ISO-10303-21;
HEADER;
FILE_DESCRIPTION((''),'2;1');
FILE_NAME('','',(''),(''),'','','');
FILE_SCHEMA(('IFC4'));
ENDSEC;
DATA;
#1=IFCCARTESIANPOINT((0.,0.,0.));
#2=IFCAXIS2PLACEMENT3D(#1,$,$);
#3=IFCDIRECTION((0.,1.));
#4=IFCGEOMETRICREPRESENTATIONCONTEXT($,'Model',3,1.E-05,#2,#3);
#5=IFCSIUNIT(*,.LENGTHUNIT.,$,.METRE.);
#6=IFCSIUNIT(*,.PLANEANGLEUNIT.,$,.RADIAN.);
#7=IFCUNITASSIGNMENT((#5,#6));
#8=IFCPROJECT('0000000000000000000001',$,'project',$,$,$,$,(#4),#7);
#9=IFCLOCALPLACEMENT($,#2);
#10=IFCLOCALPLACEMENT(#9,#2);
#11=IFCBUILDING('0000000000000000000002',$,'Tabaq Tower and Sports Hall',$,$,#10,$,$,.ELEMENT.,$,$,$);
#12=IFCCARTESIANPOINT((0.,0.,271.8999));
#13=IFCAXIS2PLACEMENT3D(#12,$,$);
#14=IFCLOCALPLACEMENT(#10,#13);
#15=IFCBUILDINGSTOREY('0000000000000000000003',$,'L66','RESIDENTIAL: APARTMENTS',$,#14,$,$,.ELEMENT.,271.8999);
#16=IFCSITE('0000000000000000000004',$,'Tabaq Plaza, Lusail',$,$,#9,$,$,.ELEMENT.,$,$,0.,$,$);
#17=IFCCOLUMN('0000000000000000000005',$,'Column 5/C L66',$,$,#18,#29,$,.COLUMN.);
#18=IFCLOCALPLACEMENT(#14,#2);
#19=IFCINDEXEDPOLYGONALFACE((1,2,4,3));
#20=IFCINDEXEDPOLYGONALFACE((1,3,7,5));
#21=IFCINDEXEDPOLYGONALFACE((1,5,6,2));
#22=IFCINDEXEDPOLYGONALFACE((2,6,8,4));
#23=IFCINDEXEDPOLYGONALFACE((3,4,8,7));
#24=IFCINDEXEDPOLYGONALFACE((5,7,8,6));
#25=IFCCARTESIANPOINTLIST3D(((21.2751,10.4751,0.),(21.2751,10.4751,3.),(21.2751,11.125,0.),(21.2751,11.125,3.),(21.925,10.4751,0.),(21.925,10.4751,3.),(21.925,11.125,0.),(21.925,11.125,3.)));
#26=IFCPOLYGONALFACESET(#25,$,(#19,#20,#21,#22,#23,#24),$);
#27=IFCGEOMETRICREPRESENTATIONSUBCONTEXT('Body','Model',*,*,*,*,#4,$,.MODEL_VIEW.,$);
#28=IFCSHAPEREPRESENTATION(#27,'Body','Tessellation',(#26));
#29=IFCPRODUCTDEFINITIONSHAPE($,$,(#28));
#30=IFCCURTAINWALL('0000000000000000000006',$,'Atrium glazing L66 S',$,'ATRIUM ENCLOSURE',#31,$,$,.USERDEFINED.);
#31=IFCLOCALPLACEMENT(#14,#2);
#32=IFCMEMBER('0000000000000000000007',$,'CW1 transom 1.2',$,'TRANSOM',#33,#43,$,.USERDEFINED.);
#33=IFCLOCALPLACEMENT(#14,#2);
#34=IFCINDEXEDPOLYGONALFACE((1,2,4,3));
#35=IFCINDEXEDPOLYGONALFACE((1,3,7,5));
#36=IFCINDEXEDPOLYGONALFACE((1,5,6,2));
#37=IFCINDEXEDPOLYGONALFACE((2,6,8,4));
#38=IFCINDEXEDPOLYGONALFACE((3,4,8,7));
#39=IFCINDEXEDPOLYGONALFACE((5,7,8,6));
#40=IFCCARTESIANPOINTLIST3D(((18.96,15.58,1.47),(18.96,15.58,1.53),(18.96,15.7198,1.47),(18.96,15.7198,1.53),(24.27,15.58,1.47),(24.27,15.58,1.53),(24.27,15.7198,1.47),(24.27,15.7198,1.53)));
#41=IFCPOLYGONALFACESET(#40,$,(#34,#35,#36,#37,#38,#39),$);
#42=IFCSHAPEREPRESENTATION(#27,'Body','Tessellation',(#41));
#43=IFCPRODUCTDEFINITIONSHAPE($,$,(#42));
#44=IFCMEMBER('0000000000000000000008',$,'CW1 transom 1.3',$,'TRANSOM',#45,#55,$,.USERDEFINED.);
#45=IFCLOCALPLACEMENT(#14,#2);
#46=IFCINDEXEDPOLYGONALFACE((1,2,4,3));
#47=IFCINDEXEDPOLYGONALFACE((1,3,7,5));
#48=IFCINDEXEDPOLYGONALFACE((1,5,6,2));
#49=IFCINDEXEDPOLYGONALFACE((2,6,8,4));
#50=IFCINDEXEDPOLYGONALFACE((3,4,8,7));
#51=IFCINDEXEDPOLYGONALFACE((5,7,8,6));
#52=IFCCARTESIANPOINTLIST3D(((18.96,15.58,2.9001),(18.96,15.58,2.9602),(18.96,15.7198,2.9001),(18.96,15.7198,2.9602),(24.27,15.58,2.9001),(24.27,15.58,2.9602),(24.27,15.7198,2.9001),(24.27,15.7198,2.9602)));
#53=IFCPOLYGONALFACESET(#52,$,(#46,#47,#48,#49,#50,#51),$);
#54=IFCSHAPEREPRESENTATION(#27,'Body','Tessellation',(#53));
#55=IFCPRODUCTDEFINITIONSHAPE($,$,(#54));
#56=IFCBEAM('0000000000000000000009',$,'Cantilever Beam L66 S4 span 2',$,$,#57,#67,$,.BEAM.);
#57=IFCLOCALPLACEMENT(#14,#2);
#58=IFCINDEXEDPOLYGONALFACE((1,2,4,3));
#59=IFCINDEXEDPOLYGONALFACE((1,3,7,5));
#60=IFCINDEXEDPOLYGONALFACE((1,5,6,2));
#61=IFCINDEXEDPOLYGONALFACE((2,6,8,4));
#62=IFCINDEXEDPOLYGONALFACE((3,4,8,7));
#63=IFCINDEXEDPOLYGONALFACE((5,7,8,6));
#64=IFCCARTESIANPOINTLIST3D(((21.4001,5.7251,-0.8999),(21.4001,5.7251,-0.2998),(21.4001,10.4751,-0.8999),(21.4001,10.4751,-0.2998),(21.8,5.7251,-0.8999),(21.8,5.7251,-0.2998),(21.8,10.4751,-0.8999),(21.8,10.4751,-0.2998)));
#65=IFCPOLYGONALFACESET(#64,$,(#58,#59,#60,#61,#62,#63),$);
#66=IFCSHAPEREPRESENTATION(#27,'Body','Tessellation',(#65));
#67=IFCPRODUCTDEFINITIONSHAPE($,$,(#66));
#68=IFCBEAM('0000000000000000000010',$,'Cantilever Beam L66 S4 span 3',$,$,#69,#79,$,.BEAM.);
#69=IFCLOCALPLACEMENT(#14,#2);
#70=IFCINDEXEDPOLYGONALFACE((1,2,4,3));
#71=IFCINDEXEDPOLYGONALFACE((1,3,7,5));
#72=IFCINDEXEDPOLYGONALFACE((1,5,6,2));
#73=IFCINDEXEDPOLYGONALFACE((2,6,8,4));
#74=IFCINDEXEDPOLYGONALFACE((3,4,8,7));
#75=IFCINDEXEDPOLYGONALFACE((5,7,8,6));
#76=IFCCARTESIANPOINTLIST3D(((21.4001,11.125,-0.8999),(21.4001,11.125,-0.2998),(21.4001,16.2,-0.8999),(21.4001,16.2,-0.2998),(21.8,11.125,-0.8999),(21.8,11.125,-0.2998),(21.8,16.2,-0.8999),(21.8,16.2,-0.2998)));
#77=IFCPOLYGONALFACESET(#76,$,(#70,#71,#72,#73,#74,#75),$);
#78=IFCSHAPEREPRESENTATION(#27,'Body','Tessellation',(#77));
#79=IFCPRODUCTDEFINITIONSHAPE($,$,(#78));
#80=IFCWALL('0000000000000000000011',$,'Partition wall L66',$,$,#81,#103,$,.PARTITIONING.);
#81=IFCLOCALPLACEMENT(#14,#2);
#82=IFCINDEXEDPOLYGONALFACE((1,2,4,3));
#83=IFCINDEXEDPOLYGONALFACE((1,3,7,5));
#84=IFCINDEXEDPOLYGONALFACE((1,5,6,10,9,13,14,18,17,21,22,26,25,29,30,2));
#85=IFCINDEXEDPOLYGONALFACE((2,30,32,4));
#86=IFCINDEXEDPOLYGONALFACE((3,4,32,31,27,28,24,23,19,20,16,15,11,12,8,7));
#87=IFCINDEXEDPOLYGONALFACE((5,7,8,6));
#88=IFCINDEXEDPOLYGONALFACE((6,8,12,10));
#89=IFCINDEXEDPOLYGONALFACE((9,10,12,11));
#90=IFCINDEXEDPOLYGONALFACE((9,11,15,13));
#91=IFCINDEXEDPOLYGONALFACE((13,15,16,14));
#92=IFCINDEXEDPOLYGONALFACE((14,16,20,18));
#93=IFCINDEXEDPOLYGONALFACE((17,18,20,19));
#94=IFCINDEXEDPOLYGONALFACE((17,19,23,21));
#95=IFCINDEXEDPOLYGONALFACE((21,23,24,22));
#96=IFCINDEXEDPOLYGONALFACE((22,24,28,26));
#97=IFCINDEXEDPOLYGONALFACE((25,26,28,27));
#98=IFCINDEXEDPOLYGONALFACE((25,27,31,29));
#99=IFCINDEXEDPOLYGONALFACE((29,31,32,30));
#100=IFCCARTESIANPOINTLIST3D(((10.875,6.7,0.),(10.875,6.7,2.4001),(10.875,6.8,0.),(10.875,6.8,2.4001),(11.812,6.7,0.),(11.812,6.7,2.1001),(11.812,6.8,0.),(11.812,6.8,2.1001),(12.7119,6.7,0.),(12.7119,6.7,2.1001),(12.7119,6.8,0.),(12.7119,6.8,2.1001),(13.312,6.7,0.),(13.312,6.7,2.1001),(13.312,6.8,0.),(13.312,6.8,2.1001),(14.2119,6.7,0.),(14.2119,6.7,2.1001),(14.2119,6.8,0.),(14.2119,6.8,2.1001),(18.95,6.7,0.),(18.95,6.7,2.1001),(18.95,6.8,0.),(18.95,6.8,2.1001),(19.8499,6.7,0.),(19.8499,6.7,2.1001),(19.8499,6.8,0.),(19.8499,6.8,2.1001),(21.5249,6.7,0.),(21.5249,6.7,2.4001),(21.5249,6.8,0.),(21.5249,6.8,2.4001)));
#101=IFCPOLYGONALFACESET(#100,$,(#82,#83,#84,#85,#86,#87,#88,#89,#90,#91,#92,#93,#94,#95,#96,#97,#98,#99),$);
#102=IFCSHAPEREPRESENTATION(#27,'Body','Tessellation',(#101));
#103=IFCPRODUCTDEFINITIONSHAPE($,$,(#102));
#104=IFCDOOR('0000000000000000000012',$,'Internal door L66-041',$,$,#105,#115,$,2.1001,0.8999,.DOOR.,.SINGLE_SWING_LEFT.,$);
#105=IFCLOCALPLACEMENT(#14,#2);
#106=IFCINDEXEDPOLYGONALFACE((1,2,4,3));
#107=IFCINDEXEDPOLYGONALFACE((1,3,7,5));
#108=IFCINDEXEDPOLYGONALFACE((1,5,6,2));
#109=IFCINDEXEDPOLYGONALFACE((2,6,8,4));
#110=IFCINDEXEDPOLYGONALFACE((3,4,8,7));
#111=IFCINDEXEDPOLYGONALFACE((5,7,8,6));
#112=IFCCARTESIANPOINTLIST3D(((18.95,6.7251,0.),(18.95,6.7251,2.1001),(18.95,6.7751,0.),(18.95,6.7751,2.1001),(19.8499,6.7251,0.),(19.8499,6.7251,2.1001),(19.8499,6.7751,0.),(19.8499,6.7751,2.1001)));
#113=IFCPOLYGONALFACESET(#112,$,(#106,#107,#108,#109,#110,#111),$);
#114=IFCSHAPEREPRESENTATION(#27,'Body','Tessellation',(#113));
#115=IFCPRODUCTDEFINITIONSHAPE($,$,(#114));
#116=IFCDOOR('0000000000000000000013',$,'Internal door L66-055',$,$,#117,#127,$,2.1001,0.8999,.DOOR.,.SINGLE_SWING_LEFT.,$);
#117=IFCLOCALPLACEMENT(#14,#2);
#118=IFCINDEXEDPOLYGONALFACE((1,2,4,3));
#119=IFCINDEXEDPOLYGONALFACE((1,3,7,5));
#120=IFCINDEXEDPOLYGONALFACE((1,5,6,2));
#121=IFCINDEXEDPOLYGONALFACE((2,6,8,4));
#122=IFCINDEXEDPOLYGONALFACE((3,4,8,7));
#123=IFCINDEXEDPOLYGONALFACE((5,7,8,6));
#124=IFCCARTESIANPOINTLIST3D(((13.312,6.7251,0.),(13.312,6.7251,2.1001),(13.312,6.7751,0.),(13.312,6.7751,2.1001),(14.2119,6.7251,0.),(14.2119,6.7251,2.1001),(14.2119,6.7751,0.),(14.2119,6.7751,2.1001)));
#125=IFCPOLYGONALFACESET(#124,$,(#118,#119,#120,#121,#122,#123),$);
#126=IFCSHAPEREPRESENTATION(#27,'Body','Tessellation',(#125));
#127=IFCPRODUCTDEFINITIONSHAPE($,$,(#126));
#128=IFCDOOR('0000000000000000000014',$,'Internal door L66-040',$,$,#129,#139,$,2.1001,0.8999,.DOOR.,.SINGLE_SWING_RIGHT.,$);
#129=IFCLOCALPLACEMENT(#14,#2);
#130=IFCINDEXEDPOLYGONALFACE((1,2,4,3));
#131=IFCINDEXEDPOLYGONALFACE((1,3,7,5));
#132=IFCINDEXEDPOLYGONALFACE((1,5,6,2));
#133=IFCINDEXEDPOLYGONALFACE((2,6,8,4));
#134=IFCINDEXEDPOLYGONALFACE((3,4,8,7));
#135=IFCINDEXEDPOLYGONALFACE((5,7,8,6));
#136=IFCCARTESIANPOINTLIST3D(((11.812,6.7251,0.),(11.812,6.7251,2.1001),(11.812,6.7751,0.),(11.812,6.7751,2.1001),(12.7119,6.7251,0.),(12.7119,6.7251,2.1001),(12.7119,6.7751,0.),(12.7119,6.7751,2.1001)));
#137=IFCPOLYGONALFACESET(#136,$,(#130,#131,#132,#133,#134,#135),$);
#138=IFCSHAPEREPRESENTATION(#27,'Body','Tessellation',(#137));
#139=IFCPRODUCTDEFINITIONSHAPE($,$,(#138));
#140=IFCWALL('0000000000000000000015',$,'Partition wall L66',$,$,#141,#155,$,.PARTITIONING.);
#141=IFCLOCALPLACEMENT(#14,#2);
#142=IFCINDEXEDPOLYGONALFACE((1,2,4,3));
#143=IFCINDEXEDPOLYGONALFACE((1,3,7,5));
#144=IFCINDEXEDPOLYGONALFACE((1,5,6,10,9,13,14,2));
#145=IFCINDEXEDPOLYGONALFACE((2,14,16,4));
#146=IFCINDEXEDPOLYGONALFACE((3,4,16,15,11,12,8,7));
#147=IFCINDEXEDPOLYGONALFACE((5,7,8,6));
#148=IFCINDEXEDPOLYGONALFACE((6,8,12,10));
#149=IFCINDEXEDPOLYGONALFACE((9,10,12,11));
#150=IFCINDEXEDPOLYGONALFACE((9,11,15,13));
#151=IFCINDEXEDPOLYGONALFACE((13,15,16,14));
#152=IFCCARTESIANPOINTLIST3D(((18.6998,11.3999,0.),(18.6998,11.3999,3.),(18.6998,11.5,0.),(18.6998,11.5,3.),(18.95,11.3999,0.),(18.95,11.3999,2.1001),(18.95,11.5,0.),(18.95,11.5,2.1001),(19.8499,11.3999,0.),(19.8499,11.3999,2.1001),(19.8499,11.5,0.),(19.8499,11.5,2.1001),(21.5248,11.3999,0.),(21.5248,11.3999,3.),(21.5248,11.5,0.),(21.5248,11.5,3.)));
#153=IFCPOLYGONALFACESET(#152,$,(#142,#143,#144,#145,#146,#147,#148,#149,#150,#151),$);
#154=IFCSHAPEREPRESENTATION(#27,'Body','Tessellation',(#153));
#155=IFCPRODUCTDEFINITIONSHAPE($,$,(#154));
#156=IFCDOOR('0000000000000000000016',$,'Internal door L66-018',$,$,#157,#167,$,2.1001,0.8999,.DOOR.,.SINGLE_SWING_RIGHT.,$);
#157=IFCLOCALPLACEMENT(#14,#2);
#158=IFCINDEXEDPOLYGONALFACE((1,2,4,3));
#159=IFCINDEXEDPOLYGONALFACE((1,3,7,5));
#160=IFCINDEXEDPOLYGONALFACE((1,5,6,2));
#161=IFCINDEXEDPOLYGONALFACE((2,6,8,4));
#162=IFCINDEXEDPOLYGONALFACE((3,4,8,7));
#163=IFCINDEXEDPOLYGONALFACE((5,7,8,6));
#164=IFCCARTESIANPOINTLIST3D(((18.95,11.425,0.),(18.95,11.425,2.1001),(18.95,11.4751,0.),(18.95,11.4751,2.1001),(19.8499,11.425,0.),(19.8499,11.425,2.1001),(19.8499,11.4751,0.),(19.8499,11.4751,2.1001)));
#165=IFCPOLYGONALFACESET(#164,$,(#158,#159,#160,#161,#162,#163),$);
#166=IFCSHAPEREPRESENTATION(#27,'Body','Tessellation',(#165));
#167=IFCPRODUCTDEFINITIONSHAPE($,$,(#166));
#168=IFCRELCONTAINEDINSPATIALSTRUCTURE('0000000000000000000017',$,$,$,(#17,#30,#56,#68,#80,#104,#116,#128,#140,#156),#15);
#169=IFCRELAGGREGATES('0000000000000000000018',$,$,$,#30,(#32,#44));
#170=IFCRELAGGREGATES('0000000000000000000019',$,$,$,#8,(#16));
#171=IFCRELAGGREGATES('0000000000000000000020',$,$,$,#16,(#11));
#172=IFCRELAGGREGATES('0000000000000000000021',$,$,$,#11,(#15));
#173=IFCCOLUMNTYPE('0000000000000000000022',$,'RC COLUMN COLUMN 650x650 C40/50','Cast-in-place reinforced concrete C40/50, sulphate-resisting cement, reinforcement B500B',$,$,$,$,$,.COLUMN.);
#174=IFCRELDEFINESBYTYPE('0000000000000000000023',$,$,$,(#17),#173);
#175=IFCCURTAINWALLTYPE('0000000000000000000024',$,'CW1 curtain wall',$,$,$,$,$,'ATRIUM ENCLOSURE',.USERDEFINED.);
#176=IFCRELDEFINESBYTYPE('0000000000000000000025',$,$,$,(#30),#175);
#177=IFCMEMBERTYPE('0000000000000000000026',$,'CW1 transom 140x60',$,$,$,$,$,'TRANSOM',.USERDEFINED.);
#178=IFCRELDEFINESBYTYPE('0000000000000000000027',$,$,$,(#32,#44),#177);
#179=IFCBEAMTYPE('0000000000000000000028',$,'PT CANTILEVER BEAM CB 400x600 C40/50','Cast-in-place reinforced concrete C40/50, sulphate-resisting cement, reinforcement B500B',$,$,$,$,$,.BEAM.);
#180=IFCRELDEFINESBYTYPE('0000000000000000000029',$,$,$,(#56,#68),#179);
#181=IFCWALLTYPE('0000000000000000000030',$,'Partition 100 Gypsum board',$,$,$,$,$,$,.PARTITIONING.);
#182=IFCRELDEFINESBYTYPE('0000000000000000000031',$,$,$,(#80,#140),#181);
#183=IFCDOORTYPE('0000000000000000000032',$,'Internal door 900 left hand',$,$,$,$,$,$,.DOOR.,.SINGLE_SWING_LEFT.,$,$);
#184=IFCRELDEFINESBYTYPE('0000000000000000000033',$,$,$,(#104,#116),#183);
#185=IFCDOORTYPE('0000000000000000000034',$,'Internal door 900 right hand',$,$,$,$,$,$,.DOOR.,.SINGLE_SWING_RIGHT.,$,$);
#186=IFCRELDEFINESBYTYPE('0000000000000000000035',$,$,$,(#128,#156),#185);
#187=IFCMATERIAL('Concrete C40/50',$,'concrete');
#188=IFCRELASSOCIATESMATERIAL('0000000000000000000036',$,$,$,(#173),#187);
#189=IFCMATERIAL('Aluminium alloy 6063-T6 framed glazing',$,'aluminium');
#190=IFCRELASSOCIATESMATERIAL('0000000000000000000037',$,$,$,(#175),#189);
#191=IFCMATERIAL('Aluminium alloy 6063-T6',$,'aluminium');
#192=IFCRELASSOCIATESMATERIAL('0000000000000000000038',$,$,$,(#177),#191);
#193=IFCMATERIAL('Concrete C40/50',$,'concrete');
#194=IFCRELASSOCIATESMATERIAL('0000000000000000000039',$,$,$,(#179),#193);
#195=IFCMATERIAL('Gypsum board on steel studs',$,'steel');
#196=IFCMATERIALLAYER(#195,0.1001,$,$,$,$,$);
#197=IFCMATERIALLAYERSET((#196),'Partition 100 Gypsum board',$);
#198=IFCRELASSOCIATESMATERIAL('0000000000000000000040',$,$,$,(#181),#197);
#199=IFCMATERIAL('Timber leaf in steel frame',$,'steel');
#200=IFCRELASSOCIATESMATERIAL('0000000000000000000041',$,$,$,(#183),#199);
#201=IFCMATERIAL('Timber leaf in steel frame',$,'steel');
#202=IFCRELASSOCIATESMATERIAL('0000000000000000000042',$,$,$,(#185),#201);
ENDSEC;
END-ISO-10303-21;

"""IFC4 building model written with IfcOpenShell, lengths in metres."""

from ifc_helpers import new_model, si_unit, direction, frame, frame_2d, origin, origin_2d, place, context, subcontext, project, spatial, rectangle, extrude, material, layer, layer_set, material_profile, profile_set, type_object, element, fill, aggregate, save


model = new_model("IFC4")

# Units and contexts
model_context = context("Model", 3, precision=1e-05, world=origin(), true_north=direction((0.0, 1.0)))
body_context = subcontext(model_context, "Body", "Model", "MODEL_VIEW")
ifc_project = project(units=[si_unit("LENGTHUNIT", "METRE"), si_unit("PLANEANGLEUNIT", "RADIAN")], contexts=[model_context])

# Site, building, storey
site_placement = place(None, origin())
site = spatial("IfcSite", under=ifc_project, at=site_placement, Name="Tabaq Plaza, Lusail", CompositionType="ELEMENT", RefElevation=0.0)
building_placement = place(site_placement, origin())
building = spatial("IfcBuilding", under=site, at=building_placement, Name="Tabaq Tower and Sports Hall", CompositionType="ELEMENT")
storey_placement = place(building_placement, frame((0.0, 0.0, 271.8999)))
storey = spatial("IfcBuildingStorey", under=building, at=storey_placement, Name="L66", Description="RESIDENTIAL: APARTMENTS", CompositionType="ELEMENT", Elevation=271.8999)

# Column
ifc_material_1 = material(Name="Concrete C40/50", Category="concrete")
ifc_material_profile_1 = material_profile(ifc_material_1, rectangle(XDim=0.6499, YDim=0.6499, at=origin_2d()), Name="COLUMN 650x650")
ifc_profile_set_1 = profile_set([ifc_material_profile_1], Name="Concrete C40/50")
column_type = type_object("IfcColumnType", Name="RC COLUMN COLUMN 650x650 C40/50", Description="Cast-in-place reinforced concrete C40/50, sulphate-resisting cement, reinforcement B500B", PredefinedType="COLUMN", material=ifc_profile_set_1)
column_placement = place(storey_placement, frame((21.6001, 10.8, 0.0), z_axis=(0.0, 0.0, 1.0), x_axis=(1.0, 0.0, 0.0)))
element("IfcColumn", 1, at=column_placement, inside=storey, type_object=column_type, Name="Column 5/C L66", PredefinedType="COLUMN", context=body_context, shape_type="SweptSolid", body=[
    extrude(rectangle(XDim=0.6499, YDim=0.6499, at=origin_2d()), origin(), (0.0, 0.0, 1.0), 3.0),
])

# Curtain wall, members
ifc_material_2 = material(Name="Aluminium alloy 6063-T6 framed glazing", Category="aluminium")
curtain_wall_type = type_object("IfcCurtainWallType", Name="CW1 curtain wall", ElementType="ATRIUM ENCLOSURE", PredefinedType="USERDEFINED", material=ifc_material_2)
curtain_wall_placement = place(storey_placement, origin())
curtain_wall = element("IfcCurtainWall", 2, at=curtain_wall_placement, inside=storey, type_object=curtain_wall_type, Name="Atrium glazing L66 S", ObjectType="ATRIUM ENCLOSURE", PredefinedType="USERDEFINED")
ifc_material_3 = material(Name="Aluminium alloy 6063-T6", Category="aluminium")
ifc_material_profile_2 = material_profile(ifc_material_3, rectangle(XDim=0.1399, YDim=0.0601, at=origin_2d()), Name="TRANSOM 140x60")
ifc_profile_set_2 = profile_set([ifc_material_profile_2], Name="Aluminium alloy 6063-T6")
member_type = type_object("IfcMemberType", Name="CW1 transom 140x60", ElementType="TRANSOM", PredefinedType="USERDEFINED", material=ifc_profile_set_2)
member_1_placement = place(storey_placement, frame((18.96, 15.6499, 1.5), z_axis=(1.0, 0.0, 0.0), x_axis=(0.0, 1.0, 0.0)))
member_1 = element("IfcMember", 3, at=member_1_placement, type_object=member_type, Name="CW1 transom 1.2", ObjectType="TRANSOM", PredefinedType="USERDEFINED", context=body_context, shape_type="SweptSolid", body=[
    extrude(rectangle(XDim=0.1399, YDim=0.0601, at=origin_2d()), origin(), (0.0, 0.0, 1.0), 5.3101),
])
member_2_placement = place(storey_placement, frame((18.96, 15.6499, 2.9302), z_axis=(1.0, 0.0, 0.0), x_axis=(0.0, 1.0, 0.0)))
member_2 = element("IfcMember", 4, at=member_2_placement, type_object=member_type, Name="CW1 transom 1.3", ObjectType="TRANSOM", PredefinedType="USERDEFINED", context=body_context, shape_type="SweptSolid", body=[
    extrude(rectangle(XDim=0.1399, YDim=0.0601, at=origin_2d()), origin(), (0.0, 0.0, 1.0), 5.3101),
])
aggregate(curtain_wall, [member_1, member_2])

# Beams
ifc_material_4 = material(Name="Concrete C40/50", Category="concrete")
ifc_material_profile_3 = material_profile(ifc_material_4, rectangle(XDim=0.3999, YDim=0.6001, at=origin_2d()), Name="CB 400x600")
ifc_profile_set_3 = profile_set([ifc_material_profile_3], Name="Concrete C40/50")
beam_type = type_object("IfcBeamType", Name="PT CANTILEVER BEAM CB 400x600 C40/50", Description="Cast-in-place reinforced concrete C40/50, sulphate-resisting cement, reinforcement B500B", PredefinedType="BEAM", material=ifc_profile_set_3)
beam_1_placement = place(storey_placement, frame((21.6001, 5.7251, -0.5999), z_axis=(0.0, 1.0, 0.0), x_axis=(-1.0, 0.0, 0.0)))
element("IfcBeam", 5, at=beam_1_placement, inside=storey, type_object=beam_type, Name="Cantilever Beam L66 S4 span 2", PredefinedType="BEAM", context=body_context, shape_type="SweptSolid", body=[
    extrude(rectangle(XDim=0.3999, YDim=0.6001, at=origin_2d()), origin(), (0.0, 0.0, 1.0), 4.75),
])
beam_2_placement = place(storey_placement, frame((21.6001, 11.125, -0.5999), z_axis=(0.0, 1.0, 0.0), x_axis=(-1.0, 0.0, 0.0)))
element("IfcBeam", 6, at=beam_2_placement, inside=storey, type_object=beam_type, Name="Cantilever Beam L66 S4 span 3", PredefinedType="BEAM", context=body_context, shape_type="SweptSolid", body=[
    extrude(rectangle(XDim=0.3999, YDim=0.6001, at=origin_2d()), origin(), (0.0, 0.0, 1.0), 5.075),
])

# Wall, openings, doors
ifc_material_5 = material(Name="Gypsum board on steel studs", Category="steel")
ifc_layer_1 = layer(ifc_material_5, 0.1001)
ifc_layer_set_1 = layer_set([ifc_layer_1], Name="Partition 100 Gypsum board")
wall_type_1 = type_object("IfcWallType", Name="Partition 100 Gypsum board", PredefinedType="PARTITIONING", material=ifc_layer_set_1)
wall_1_placement = place(storey_placement, frame((21.5249, 6.75, 0.0), z_axis=(0.0, 0.0, 1.0), x_axis=(-1.0, 0.0, 0.0)))
wall_1 = element("IfcWall", 7, at=wall_1_placement, inside=storey, type_object=wall_type_1, Name="Partition wall L66", PredefinedType="PARTITIONING", context=body_context, shape_type="SweptSolid", body=[
    extrude(rectangle(XDim=10.6499, YDim=0.1001, at=frame_2d((5.325, 0.0))), origin(), (0.0, 0.0, 1.0), 2.4001),
])
opening_1_placement = place(wall_1_placement, frame((8.813, 0.0, 0.0)))
opening_1 = element("IfcOpeningElement", 8, at=opening_1_placement, cuts=wall_1, PredefinedType="OPENING", context=body_context, shape_type="SweptSolid", body=[
    extrude(rectangle(XDim=0.8999, YDim=2.1001, at=frame_2d((0.45, 1.05))), frame((0.0, 0.05, 0.0), z_axis=(0.0, -1.0, 0.0), x_axis=(1.0, 0.0, 0.0)), (0.0, 0.0, 1.0), 0.1001),
])
opening_2_placement = place(wall_1_placement, frame((1.675, 0.0, 0.0)))
opening_2 = element("IfcOpeningElement", 9, at=opening_2_placement, cuts=wall_1, PredefinedType="OPENING", context=body_context, shape_type="SweptSolid", body=[
    extrude(rectangle(XDim=0.8999, YDim=2.1001, at=frame_2d((0.45, 1.05))), frame((0.0, 0.05, 0.0), z_axis=(0.0, -1.0, 0.0), x_axis=(1.0, 0.0, 0.0)), (0.0, 0.0, 1.0), 0.1001),
])
opening_3_placement = place(wall_1_placement, frame((7.313, 0.0, 0.0)))
opening_3 = element("IfcOpeningElement", 10, at=opening_3_placement, cuts=wall_1, PredefinedType="OPENING", context=body_context, shape_type="SweptSolid", body=[
    extrude(rectangle(XDim=0.8999, YDim=2.1001, at=frame_2d((0.45, 1.05))), frame((0.0, 0.05, 0.0), z_axis=(0.0, -1.0, 0.0), x_axis=(1.0, 0.0, 0.0)), (0.0, 0.0, 1.0), 0.1001),
])
ifc_material_6 = material(Name="Timber leaf in steel frame", Category="steel")
door_type_1 = type_object("IfcDoorType", Name="Internal door 900 left hand", OperationType="SINGLE_SWING_LEFT", PredefinedType="DOOR", material=ifc_material_6)
door_1_placement = place(opening_2_placement, origin())
door_1 = element("IfcDoor", 11, at=door_1_placement, inside=storey, type_object=door_type_1, Name="Internal door L66-041", OperationType="SINGLE_SWING_LEFT", OverallHeight=2.1001, OverallWidth=0.8999, PredefinedType="DOOR", context=body_context, shape_type="SweptSolid", body=[
    extrude(rectangle(XDim=0.8999, YDim=2.1001, at=frame_2d((0.45, 1.05))), frame((0.0, 0.0249, 0.0), z_axis=(0.0, -1.0, 0.0), x_axis=(1.0, 0.0, 0.0)), (0.0, 0.0, 1.0), 0.05),
])
fill(opening_2, door_1)
door_2_placement = place(opening_3_placement, origin())
door_2 = element("IfcDoor", 12, at=door_2_placement, inside=storey, type_object=door_type_1, Name="Internal door L66-055", OperationType="SINGLE_SWING_LEFT", OverallHeight=2.1001, OverallWidth=0.8999, PredefinedType="DOOR", context=body_context, shape_type="SweptSolid", body=[
    extrude(rectangle(XDim=0.8999, YDim=2.1001, at=frame_2d((0.45, 1.05))), frame((0.0, 0.0249, 0.0), z_axis=(0.0, -1.0, 0.0), x_axis=(1.0, 0.0, 0.0)), (0.0, 0.0, 1.0), 0.05),
])
fill(opening_3, door_2)
ifc_material_7 = material(Name="Timber leaf in steel frame", Category="steel")
door_type_2 = type_object("IfcDoorType", Name="Internal door 900 right hand", OperationType="SINGLE_SWING_RIGHT", PredefinedType="DOOR", material=ifc_material_7)
door_3_placement = place(opening_1_placement, origin())
door_3 = element("IfcDoor", 13, at=door_3_placement, inside=storey, type_object=door_type_2, Name="Internal door L66-040", OperationType="SINGLE_SWING_RIGHT", OverallHeight=2.1001, OverallWidth=0.8999, PredefinedType="DOOR", context=body_context, shape_type="SweptSolid", body=[
    extrude(rectangle(XDim=0.8999, YDim=2.1001, at=frame_2d((0.45, 1.05))), frame((0.0, 0.0249, 0.0), z_axis=(0.0, -1.0, 0.0), x_axis=(1.0, 0.0, 0.0)), (0.0, 0.0, 1.0), 0.05),
])
fill(opening_1, door_3)

# Wall, opening, door
wall_2_placement = place(storey_placement, frame((21.5249, 11.45, 0.0), z_axis=(0.0, 0.0, 1.0), x_axis=(-1.0, 0.0, 0.0)))
wall_2 = element("IfcWall", 14, at=wall_2_placement, inside=storey, type_object=wall_type_1, Name="Partition wall L66", PredefinedType="PARTITIONING", context=body_context, shape_type="SweptSolid", body=[
    extrude(rectangle(XDim=2.825, YDim=0.1001, at=frame_2d((1.4126, 0.0))), origin(), (0.0, 0.0, 1.0), 3.0),
])
opening_4_placement = place(wall_2_placement, frame((1.675, 0.0, 0.0)))
opening_4 = element("IfcOpeningElement", 15, at=opening_4_placement, cuts=wall_2, PredefinedType="OPENING", context=body_context, shape_type="SweptSolid", body=[
    extrude(rectangle(XDim=0.8999, YDim=2.1001, at=frame_2d((0.45, 1.05))), frame((0.0, 0.05, 0.0), z_axis=(0.0, -1.0, 0.0), x_axis=(1.0, 0.0, 0.0)), (0.0, 0.0, 1.0), 0.1001),
])
door_4_placement = place(opening_4_placement, origin())
door_4 = element("IfcDoor", 16, at=door_4_placement, inside=storey, type_object=door_type_2, Name="Internal door L66-018", OperationType="SINGLE_SWING_RIGHT", OverallHeight=2.1001, OverallWidth=0.8999, PredefinedType="DOOR", context=body_context, shape_type="SweptSolid", body=[
    extrude(rectangle(XDim=0.8999, YDim=2.1001, at=frame_2d((0.45, 1.05))), frame((0.0, 0.0249, 0.0), z_axis=(0.0, -1.0, 0.0), x_axis=(1.0, 0.0, 0.0)), (0.0, 0.0, 1.0), 0.05),
])
fill(opening_4, door_4)

save(model, "model.ifc")
